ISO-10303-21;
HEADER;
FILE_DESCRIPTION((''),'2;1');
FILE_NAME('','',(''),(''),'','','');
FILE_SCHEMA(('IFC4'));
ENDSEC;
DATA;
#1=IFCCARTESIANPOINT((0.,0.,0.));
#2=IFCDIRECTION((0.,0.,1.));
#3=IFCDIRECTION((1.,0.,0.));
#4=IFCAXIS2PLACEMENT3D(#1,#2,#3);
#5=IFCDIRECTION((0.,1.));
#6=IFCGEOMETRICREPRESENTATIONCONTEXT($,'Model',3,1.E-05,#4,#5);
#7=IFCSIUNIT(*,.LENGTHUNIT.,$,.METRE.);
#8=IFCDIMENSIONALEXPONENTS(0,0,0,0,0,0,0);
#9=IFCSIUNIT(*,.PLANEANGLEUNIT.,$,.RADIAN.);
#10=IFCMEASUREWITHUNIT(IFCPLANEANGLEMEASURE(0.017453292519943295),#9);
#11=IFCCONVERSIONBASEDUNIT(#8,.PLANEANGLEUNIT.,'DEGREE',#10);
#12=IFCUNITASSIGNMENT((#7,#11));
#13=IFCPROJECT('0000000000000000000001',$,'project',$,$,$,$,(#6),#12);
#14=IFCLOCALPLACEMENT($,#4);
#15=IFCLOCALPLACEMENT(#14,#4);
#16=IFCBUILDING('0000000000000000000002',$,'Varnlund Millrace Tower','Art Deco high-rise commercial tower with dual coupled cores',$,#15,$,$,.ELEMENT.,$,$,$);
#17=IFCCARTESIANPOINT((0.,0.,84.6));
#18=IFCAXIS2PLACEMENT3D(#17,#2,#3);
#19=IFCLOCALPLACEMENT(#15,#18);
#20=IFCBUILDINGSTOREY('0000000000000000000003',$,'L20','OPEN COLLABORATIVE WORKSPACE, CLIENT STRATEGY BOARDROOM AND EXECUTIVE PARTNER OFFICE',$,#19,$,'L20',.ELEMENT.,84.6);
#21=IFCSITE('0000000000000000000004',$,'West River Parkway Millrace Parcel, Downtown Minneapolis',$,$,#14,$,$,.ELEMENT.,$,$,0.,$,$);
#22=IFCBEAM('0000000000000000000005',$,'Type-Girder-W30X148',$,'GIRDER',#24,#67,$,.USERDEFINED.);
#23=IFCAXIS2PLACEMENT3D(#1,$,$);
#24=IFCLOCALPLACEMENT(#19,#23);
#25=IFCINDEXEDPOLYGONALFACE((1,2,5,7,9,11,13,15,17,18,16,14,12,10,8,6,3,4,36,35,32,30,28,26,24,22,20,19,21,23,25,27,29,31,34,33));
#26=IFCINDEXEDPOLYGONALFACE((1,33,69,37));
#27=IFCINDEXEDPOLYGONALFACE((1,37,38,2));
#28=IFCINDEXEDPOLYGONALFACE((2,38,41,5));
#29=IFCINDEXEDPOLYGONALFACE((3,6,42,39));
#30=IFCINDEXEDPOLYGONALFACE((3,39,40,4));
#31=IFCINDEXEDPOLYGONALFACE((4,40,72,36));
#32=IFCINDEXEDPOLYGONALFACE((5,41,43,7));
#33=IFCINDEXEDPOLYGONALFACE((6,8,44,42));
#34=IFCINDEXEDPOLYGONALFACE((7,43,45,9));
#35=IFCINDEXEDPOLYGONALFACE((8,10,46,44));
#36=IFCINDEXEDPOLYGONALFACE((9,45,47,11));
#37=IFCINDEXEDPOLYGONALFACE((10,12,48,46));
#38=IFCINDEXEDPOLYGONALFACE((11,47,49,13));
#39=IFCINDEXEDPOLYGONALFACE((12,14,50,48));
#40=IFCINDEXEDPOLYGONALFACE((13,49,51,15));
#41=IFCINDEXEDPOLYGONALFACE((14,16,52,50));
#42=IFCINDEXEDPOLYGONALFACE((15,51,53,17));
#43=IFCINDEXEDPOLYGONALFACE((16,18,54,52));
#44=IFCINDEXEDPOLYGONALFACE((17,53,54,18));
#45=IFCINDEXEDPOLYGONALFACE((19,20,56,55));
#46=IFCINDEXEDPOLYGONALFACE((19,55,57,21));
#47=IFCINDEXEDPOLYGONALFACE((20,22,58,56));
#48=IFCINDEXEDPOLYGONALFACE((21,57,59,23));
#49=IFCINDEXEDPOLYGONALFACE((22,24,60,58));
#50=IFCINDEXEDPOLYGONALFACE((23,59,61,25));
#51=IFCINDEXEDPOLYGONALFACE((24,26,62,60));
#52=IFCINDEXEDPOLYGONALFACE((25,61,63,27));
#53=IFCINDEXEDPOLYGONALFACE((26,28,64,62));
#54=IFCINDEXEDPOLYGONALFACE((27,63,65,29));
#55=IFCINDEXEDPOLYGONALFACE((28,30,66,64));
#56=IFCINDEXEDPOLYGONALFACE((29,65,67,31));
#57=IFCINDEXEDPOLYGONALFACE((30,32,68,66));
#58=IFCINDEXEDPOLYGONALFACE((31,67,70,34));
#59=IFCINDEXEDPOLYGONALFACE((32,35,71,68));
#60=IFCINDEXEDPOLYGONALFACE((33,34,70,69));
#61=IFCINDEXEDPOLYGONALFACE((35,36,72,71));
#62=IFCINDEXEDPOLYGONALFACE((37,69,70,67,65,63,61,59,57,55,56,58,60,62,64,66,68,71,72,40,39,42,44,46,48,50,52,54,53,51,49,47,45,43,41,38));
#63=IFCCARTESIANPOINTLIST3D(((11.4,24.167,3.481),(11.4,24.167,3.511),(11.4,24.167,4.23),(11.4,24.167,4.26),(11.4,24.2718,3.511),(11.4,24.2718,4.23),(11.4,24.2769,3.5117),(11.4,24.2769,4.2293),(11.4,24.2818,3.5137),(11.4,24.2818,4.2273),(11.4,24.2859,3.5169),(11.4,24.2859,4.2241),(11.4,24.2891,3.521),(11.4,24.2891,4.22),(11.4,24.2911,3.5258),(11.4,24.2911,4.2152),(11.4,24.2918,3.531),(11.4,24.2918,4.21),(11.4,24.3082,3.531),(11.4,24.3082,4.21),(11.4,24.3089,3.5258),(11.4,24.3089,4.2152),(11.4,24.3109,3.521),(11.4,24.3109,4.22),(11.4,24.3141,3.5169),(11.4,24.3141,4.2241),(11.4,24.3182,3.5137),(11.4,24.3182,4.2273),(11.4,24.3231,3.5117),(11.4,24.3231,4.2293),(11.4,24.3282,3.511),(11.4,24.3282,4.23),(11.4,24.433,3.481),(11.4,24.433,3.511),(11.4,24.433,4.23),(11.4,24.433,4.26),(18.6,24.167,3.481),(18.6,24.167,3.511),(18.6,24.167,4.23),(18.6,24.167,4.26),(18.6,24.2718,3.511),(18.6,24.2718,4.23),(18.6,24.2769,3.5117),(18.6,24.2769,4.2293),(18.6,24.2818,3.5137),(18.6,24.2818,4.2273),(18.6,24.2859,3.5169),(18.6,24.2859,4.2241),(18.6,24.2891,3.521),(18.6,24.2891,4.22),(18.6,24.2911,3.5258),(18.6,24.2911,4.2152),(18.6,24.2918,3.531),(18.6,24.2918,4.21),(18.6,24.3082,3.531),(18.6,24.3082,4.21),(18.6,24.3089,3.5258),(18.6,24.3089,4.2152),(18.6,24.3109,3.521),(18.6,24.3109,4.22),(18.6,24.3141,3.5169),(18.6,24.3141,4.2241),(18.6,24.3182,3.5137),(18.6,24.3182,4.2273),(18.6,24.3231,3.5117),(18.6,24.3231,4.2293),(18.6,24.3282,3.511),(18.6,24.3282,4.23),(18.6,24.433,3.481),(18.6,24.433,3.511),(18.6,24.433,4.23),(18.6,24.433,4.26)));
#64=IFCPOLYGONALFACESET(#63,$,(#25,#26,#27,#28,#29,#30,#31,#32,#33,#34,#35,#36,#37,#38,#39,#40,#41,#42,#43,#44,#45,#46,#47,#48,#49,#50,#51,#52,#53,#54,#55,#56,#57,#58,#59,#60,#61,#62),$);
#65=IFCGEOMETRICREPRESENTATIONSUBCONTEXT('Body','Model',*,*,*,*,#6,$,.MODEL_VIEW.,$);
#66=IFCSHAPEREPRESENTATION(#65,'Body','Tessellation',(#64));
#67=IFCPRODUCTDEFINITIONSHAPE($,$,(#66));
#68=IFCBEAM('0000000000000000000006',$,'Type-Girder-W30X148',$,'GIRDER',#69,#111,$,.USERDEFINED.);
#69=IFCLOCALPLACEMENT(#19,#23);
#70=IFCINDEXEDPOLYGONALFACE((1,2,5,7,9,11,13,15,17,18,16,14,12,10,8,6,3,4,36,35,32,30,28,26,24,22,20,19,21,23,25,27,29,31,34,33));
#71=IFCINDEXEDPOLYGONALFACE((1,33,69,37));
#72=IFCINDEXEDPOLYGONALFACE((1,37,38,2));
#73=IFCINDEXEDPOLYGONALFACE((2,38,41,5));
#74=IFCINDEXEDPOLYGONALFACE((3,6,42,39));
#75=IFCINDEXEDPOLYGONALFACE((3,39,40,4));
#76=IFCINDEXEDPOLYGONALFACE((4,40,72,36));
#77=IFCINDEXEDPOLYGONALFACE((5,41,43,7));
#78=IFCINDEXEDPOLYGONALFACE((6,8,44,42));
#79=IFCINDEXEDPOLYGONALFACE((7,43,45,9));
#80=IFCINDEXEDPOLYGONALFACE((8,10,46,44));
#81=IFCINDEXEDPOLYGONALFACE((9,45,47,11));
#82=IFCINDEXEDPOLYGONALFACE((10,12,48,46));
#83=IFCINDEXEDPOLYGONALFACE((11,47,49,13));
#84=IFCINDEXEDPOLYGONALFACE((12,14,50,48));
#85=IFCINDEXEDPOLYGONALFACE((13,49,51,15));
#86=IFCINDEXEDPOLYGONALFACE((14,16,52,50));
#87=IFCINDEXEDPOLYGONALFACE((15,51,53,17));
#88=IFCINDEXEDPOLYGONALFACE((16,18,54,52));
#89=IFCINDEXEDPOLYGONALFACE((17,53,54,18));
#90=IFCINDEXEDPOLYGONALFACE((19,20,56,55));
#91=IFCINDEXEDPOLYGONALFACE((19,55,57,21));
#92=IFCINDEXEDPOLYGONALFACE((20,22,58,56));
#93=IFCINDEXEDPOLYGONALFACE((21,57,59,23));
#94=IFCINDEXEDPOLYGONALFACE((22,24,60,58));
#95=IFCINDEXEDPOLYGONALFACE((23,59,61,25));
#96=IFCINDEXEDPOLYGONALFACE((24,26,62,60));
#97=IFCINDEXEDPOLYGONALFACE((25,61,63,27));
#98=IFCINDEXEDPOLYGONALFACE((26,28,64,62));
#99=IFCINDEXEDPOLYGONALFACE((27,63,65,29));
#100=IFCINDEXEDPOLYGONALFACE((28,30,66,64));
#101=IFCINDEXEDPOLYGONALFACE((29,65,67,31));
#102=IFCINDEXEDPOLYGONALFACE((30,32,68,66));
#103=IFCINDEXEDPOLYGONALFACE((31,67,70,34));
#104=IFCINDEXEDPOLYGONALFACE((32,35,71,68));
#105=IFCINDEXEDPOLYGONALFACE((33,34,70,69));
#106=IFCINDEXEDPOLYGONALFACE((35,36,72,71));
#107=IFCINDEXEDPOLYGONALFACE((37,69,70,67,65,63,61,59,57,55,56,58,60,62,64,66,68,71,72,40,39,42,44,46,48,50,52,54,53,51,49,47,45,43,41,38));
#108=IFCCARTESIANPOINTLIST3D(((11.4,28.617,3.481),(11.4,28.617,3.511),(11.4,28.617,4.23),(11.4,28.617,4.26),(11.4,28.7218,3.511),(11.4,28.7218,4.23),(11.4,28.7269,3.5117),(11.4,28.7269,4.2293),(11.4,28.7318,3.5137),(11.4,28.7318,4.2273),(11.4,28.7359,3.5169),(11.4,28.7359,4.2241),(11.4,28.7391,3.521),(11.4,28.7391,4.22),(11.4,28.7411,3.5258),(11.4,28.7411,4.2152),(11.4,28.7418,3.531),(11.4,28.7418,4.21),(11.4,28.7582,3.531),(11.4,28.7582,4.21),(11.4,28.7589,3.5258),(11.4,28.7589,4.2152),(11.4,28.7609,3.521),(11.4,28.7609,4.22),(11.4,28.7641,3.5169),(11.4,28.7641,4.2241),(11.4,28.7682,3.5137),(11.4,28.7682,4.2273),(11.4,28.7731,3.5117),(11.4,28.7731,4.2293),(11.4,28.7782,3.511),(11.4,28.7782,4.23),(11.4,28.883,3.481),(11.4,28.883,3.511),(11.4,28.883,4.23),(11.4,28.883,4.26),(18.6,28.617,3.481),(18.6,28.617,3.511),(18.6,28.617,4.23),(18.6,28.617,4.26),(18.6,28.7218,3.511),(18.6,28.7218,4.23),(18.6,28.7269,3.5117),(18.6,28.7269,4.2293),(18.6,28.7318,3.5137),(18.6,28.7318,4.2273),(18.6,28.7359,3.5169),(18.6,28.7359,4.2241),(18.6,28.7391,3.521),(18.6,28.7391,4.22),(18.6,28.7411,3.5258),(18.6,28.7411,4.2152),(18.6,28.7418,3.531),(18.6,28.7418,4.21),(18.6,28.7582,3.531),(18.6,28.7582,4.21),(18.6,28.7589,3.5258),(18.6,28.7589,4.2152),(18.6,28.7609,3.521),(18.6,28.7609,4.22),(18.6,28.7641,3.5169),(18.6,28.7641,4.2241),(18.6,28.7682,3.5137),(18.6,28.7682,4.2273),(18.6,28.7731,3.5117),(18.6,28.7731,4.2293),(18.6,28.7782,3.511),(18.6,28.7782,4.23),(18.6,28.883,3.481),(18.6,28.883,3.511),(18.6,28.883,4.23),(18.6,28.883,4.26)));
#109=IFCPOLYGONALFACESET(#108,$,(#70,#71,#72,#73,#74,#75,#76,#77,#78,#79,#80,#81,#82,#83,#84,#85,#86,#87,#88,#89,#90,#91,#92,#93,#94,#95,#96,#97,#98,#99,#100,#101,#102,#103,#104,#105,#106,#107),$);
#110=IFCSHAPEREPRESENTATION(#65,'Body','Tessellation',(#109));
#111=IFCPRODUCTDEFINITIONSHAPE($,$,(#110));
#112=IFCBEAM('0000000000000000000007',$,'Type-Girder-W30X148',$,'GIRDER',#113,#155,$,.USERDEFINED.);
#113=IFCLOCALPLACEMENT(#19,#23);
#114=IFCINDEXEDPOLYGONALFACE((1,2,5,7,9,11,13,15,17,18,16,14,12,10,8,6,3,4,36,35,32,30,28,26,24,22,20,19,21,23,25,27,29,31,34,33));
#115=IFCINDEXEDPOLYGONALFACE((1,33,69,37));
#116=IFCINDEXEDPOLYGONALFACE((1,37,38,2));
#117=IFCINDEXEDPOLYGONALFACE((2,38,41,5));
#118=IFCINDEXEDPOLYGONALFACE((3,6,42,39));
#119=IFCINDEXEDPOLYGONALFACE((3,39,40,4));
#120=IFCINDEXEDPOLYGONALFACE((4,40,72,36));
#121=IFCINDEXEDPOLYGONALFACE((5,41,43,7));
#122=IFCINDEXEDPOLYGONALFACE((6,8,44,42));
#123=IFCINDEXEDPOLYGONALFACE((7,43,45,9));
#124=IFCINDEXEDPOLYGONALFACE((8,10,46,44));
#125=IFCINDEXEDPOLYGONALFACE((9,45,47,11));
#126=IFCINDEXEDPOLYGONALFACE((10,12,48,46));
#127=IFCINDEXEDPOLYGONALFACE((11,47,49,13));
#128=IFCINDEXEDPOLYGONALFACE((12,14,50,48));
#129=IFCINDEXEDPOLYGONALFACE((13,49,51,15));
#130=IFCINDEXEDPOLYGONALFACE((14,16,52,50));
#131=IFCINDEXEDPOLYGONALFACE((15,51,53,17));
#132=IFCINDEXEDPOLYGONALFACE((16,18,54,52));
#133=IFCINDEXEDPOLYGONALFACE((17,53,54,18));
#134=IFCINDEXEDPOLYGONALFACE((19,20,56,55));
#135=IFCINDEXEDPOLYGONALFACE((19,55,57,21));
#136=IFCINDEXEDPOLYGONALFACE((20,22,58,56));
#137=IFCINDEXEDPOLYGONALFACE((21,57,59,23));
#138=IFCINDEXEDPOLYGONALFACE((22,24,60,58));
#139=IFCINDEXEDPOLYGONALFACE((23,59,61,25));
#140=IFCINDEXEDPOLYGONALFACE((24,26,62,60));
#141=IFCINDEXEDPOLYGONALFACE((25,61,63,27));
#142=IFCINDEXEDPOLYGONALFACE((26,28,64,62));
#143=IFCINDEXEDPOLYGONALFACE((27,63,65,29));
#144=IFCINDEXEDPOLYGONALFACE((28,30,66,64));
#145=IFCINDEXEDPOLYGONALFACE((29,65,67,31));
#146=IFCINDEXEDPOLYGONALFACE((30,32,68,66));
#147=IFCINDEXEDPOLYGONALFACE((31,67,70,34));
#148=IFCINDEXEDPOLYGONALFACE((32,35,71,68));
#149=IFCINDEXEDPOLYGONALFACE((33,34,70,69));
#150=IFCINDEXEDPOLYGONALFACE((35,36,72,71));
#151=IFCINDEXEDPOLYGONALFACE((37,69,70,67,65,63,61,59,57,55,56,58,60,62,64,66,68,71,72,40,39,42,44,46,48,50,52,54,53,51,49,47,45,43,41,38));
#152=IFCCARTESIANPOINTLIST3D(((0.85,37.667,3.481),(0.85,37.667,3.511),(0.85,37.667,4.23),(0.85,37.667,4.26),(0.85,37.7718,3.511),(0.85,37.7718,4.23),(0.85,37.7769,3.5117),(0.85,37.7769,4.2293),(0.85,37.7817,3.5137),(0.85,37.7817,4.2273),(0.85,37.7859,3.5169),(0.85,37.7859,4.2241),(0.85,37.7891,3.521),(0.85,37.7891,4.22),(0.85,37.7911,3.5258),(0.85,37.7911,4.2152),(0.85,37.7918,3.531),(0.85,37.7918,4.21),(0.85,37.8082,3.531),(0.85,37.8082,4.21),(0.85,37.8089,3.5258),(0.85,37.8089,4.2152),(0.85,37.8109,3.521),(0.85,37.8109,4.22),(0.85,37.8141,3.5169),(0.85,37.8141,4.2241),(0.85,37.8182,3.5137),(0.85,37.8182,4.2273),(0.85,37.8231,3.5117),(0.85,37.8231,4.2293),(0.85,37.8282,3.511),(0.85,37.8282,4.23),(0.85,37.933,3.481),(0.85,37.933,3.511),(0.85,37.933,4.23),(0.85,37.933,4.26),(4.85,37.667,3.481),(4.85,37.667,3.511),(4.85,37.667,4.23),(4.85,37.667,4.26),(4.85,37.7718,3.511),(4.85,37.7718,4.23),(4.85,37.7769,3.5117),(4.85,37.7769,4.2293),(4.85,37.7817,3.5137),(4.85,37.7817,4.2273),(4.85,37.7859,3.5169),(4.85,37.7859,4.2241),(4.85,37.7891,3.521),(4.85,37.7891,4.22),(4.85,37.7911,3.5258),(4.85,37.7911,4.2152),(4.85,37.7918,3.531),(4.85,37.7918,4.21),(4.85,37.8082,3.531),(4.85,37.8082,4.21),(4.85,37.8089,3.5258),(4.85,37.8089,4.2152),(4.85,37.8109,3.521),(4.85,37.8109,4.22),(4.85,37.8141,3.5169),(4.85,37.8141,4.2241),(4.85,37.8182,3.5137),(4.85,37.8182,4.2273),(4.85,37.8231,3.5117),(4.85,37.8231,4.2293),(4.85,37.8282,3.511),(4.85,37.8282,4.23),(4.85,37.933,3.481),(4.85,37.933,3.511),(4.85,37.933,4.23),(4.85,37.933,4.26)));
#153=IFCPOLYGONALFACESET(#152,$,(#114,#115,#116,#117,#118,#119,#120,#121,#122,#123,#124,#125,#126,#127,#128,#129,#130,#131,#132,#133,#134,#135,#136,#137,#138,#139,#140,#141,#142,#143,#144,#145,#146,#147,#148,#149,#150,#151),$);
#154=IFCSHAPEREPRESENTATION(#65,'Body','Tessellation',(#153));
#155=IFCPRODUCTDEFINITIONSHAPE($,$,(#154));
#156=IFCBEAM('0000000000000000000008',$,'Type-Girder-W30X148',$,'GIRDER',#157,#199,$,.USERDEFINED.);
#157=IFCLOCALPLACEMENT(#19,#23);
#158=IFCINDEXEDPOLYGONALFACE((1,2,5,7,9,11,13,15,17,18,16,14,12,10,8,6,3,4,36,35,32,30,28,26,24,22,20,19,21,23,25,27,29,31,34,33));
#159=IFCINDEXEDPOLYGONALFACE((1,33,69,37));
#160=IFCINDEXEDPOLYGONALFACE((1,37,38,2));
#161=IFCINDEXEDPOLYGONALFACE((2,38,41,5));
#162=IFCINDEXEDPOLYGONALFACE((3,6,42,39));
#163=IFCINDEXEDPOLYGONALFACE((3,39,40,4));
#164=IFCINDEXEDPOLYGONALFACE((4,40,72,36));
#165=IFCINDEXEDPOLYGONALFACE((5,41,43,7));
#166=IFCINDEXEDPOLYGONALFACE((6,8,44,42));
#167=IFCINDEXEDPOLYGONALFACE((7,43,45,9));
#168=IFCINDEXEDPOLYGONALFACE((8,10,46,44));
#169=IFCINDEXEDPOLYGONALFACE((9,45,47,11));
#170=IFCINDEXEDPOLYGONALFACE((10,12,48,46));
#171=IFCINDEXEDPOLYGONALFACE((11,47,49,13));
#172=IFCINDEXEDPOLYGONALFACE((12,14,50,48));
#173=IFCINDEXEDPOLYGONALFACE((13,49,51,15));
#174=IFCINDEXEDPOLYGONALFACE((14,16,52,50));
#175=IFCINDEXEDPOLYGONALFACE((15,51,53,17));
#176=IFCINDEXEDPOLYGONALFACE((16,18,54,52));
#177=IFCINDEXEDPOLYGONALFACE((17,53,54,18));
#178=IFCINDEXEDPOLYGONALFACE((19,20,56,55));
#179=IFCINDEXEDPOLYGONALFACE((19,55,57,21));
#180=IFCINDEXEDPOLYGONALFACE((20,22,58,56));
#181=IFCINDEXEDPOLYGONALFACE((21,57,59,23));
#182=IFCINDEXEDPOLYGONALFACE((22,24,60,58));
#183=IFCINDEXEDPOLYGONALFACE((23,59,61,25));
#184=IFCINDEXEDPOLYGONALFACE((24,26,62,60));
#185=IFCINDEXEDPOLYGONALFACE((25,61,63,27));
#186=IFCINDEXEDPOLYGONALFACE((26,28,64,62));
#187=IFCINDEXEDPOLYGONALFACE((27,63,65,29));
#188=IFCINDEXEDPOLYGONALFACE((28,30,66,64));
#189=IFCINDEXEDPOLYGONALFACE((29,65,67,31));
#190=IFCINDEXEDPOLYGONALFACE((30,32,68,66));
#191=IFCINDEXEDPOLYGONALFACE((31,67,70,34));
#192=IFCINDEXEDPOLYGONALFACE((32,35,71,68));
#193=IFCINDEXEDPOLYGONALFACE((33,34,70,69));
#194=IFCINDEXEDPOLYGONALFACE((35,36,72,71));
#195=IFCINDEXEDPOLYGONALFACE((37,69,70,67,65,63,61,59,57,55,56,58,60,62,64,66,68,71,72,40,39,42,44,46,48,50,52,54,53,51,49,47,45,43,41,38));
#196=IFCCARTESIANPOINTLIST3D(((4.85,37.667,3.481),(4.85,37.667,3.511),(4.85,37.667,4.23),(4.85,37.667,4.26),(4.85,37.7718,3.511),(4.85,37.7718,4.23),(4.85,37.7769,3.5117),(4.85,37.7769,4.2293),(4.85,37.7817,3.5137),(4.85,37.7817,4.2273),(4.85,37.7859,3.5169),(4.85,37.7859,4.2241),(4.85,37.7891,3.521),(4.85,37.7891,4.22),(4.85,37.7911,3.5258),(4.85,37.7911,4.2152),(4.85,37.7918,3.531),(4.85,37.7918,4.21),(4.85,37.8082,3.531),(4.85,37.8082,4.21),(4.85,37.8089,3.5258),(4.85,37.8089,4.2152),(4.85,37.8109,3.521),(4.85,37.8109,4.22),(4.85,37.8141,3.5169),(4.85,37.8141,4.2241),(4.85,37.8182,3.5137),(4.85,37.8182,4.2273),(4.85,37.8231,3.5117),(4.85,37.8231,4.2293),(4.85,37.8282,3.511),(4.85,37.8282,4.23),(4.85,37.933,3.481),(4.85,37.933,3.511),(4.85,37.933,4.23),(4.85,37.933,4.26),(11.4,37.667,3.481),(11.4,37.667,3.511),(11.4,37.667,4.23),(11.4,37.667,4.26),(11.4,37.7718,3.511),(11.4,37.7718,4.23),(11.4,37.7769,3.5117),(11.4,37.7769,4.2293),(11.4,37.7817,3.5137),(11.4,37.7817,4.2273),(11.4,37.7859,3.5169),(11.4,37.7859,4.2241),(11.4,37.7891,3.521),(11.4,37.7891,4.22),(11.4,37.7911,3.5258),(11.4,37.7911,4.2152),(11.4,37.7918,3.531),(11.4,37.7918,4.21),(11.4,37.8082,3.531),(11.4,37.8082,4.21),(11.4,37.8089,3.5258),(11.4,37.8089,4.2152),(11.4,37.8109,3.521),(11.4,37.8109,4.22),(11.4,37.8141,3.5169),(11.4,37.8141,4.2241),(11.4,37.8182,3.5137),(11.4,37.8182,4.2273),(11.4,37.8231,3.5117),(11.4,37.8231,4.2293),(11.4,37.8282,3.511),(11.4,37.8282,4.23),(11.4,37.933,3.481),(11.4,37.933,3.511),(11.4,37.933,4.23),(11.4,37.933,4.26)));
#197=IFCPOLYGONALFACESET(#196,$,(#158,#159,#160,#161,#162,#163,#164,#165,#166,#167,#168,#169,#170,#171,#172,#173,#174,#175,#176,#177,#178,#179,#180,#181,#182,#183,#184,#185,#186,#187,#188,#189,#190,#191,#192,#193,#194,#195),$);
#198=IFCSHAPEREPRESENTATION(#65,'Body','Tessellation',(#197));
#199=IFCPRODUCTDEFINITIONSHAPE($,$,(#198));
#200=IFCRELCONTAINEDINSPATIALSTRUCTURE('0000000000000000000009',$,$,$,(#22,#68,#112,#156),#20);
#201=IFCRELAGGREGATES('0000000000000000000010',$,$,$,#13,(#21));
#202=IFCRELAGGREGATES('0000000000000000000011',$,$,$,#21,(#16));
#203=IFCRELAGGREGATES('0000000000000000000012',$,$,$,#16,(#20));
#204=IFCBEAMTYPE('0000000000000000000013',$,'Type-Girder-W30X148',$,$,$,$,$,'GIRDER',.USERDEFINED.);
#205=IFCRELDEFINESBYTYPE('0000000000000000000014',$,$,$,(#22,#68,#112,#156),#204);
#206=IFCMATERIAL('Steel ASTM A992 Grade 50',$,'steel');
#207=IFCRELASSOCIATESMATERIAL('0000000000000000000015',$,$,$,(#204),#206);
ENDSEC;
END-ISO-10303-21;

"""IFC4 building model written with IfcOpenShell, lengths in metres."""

from ifc_helpers import new_model, entity, si_unit, converted_unit, direction, frame, origin_with_axes, origin_2d_with_axis, place, context, subcontext, project, spatial, i_section, extrude, material, material_profile, profile_set, type_object, element, save


model = new_model("IFC4")

# Units and contexts
model_context = context("Model", 3, precision=1e-05, world=origin_with_axes(), true_north=direction((0.0, 1.0)))
body_context = subcontext(model_context, "Body", "Model", "MODEL_VIEW")
ifc_project = project(units=[si_unit("LENGTHUNIT", "METRE"), converted_unit("PLANEANGLEUNIT", "DEGREE", entity("IfcPlaneAngleMeasure", 0.017453292519943295), si_unit("PLANEANGLEUNIT", "RADIAN"), dimensions=[0, 0, 0, 0, 0, 0, 0])], contexts=[model_context])

# Site, building, storey
site_placement = place(None, origin_with_axes())
site = spatial("IfcSite", under=ifc_project, at=site_placement, Name="West River Parkway Millrace Parcel, Downtown Minneapolis", CompositionType="ELEMENT", RefElevation=0.0)
building_placement = place(site_placement, origin_with_axes())
building = spatial("IfcBuilding", under=site, at=building_placement, Name="Varnlund Millrace Tower", Description="Art Deco high-rise commercial tower with dual coupled cores", CompositionType="ELEMENT")
storey_placement = place(building_placement, frame((0.0, 0.0, 84.6), z_axis=(0.0, 0.0, 1.0), x_axis=(1.0, 0.0, 0.0)))
storey = spatial("IfcBuildingStorey", under=building, at=storey_placement, Name="L20", Description="OPEN COLLABORATIVE WORKSPACE, CLIENT STRATEGY BOARDROOM AND EXECUTIVE PARTNER OFFICE", LongName="L20", CompositionType="ELEMENT", Elevation=84.6)

# Beams
ifc_material_1 = material(Name="Steel ASTM A992 Grade 50", Category="steel")
ifc_material_profile_1 = material_profile(ifc_material_1, i_section(OverallWidth=0.266, OverallDepth=0.779, WebThickness=0.0165, FlangeThickness=0.03, FilletRadius=0.02, at=origin_2d_with_axis()), Name="Steel ASTM A992 Grade 50")
ifc_profile_set_1 = profile_set([ifc_material_profile_1], Name="Steel ASTM A992 Grade 50")
beam_type_1 = type_object("IfcBeamType", Name="Type-Girder-W30X148", ElementType="GIRDER", PredefinedType="USERDEFINED", material=ifc_profile_set_1)
for number, where, z_axis, x_axis, name in (
    (1, (11.4, 24.3, 3.8705), (1.0, 0.0, 0.0), (0.0, 1.0, 0.0), "Type-Girder-W30X148"),
    (2, (11.4, 28.75, 3.8705), (1.0, 0.0, 0.0), (0.0, 1.0, 0.0), "Type-Girder-W30X148"),
):
    element("IfcBeam", number, at=place(storey_placement, frame(where, z_axis=z_axis, x_axis=x_axis)), inside=storey, type_object=beam_type_1, Name=name, ObjectType="GIRDER", PredefinedType="USERDEFINED", context=body_context, shape_type="SweptSolid", body=[
        extrude(i_section(OverallWidth=0.266, OverallDepth=0.779, WebThickness=0.0165, FlangeThickness=0.03, FilletRadius=0.02, at=origin_2d_with_axis()), origin_with_axes(), (0.0, 0.0, 1.0), 7.2),
    ])
beam_1_placement = place(storey_placement, frame((0.85, 37.8, 3.8705), z_axis=(1.0, 0.0, 0.0), x_axis=(0.0, 1.0, 0.0)))
element("IfcBeam", 3, at=beam_1_placement, inside=storey, type_object=beam_type_1, Name="Type-Girder-W30X148", ObjectType="GIRDER", PredefinedType="USERDEFINED", context=body_context, shape_type="SweptSolid", body=[
    extrude(i_section(OverallWidth=0.266, OverallDepth=0.779, WebThickness=0.0165, FlangeThickness=0.03, FilletRadius=0.02, at=origin_2d_with_axis()), origin_with_axes(), (0.0, 0.0, 1.0), 4.0),
])
beam_2_placement = place(storey_placement, frame((4.85, 37.8, 3.8705), z_axis=(1.0, 0.0, 0.0), x_axis=(0.0, 1.0, 0.0)))
element("IfcBeam", 4, at=beam_2_placement, inside=storey, type_object=beam_type_1, Name="Type-Girder-W30X148", ObjectType="GIRDER", PredefinedType="USERDEFINED", context=body_context, shape_type="SweptSolid", body=[
    extrude(i_section(OverallWidth=0.266, OverallDepth=0.779, WebThickness=0.0165, FlangeThickness=0.03, FilletRadius=0.02, at=origin_2d_with_axis()), origin_with_axes(), (0.0, 0.0, 1.0), 6.55),
])

save(model, "model.ifc")
